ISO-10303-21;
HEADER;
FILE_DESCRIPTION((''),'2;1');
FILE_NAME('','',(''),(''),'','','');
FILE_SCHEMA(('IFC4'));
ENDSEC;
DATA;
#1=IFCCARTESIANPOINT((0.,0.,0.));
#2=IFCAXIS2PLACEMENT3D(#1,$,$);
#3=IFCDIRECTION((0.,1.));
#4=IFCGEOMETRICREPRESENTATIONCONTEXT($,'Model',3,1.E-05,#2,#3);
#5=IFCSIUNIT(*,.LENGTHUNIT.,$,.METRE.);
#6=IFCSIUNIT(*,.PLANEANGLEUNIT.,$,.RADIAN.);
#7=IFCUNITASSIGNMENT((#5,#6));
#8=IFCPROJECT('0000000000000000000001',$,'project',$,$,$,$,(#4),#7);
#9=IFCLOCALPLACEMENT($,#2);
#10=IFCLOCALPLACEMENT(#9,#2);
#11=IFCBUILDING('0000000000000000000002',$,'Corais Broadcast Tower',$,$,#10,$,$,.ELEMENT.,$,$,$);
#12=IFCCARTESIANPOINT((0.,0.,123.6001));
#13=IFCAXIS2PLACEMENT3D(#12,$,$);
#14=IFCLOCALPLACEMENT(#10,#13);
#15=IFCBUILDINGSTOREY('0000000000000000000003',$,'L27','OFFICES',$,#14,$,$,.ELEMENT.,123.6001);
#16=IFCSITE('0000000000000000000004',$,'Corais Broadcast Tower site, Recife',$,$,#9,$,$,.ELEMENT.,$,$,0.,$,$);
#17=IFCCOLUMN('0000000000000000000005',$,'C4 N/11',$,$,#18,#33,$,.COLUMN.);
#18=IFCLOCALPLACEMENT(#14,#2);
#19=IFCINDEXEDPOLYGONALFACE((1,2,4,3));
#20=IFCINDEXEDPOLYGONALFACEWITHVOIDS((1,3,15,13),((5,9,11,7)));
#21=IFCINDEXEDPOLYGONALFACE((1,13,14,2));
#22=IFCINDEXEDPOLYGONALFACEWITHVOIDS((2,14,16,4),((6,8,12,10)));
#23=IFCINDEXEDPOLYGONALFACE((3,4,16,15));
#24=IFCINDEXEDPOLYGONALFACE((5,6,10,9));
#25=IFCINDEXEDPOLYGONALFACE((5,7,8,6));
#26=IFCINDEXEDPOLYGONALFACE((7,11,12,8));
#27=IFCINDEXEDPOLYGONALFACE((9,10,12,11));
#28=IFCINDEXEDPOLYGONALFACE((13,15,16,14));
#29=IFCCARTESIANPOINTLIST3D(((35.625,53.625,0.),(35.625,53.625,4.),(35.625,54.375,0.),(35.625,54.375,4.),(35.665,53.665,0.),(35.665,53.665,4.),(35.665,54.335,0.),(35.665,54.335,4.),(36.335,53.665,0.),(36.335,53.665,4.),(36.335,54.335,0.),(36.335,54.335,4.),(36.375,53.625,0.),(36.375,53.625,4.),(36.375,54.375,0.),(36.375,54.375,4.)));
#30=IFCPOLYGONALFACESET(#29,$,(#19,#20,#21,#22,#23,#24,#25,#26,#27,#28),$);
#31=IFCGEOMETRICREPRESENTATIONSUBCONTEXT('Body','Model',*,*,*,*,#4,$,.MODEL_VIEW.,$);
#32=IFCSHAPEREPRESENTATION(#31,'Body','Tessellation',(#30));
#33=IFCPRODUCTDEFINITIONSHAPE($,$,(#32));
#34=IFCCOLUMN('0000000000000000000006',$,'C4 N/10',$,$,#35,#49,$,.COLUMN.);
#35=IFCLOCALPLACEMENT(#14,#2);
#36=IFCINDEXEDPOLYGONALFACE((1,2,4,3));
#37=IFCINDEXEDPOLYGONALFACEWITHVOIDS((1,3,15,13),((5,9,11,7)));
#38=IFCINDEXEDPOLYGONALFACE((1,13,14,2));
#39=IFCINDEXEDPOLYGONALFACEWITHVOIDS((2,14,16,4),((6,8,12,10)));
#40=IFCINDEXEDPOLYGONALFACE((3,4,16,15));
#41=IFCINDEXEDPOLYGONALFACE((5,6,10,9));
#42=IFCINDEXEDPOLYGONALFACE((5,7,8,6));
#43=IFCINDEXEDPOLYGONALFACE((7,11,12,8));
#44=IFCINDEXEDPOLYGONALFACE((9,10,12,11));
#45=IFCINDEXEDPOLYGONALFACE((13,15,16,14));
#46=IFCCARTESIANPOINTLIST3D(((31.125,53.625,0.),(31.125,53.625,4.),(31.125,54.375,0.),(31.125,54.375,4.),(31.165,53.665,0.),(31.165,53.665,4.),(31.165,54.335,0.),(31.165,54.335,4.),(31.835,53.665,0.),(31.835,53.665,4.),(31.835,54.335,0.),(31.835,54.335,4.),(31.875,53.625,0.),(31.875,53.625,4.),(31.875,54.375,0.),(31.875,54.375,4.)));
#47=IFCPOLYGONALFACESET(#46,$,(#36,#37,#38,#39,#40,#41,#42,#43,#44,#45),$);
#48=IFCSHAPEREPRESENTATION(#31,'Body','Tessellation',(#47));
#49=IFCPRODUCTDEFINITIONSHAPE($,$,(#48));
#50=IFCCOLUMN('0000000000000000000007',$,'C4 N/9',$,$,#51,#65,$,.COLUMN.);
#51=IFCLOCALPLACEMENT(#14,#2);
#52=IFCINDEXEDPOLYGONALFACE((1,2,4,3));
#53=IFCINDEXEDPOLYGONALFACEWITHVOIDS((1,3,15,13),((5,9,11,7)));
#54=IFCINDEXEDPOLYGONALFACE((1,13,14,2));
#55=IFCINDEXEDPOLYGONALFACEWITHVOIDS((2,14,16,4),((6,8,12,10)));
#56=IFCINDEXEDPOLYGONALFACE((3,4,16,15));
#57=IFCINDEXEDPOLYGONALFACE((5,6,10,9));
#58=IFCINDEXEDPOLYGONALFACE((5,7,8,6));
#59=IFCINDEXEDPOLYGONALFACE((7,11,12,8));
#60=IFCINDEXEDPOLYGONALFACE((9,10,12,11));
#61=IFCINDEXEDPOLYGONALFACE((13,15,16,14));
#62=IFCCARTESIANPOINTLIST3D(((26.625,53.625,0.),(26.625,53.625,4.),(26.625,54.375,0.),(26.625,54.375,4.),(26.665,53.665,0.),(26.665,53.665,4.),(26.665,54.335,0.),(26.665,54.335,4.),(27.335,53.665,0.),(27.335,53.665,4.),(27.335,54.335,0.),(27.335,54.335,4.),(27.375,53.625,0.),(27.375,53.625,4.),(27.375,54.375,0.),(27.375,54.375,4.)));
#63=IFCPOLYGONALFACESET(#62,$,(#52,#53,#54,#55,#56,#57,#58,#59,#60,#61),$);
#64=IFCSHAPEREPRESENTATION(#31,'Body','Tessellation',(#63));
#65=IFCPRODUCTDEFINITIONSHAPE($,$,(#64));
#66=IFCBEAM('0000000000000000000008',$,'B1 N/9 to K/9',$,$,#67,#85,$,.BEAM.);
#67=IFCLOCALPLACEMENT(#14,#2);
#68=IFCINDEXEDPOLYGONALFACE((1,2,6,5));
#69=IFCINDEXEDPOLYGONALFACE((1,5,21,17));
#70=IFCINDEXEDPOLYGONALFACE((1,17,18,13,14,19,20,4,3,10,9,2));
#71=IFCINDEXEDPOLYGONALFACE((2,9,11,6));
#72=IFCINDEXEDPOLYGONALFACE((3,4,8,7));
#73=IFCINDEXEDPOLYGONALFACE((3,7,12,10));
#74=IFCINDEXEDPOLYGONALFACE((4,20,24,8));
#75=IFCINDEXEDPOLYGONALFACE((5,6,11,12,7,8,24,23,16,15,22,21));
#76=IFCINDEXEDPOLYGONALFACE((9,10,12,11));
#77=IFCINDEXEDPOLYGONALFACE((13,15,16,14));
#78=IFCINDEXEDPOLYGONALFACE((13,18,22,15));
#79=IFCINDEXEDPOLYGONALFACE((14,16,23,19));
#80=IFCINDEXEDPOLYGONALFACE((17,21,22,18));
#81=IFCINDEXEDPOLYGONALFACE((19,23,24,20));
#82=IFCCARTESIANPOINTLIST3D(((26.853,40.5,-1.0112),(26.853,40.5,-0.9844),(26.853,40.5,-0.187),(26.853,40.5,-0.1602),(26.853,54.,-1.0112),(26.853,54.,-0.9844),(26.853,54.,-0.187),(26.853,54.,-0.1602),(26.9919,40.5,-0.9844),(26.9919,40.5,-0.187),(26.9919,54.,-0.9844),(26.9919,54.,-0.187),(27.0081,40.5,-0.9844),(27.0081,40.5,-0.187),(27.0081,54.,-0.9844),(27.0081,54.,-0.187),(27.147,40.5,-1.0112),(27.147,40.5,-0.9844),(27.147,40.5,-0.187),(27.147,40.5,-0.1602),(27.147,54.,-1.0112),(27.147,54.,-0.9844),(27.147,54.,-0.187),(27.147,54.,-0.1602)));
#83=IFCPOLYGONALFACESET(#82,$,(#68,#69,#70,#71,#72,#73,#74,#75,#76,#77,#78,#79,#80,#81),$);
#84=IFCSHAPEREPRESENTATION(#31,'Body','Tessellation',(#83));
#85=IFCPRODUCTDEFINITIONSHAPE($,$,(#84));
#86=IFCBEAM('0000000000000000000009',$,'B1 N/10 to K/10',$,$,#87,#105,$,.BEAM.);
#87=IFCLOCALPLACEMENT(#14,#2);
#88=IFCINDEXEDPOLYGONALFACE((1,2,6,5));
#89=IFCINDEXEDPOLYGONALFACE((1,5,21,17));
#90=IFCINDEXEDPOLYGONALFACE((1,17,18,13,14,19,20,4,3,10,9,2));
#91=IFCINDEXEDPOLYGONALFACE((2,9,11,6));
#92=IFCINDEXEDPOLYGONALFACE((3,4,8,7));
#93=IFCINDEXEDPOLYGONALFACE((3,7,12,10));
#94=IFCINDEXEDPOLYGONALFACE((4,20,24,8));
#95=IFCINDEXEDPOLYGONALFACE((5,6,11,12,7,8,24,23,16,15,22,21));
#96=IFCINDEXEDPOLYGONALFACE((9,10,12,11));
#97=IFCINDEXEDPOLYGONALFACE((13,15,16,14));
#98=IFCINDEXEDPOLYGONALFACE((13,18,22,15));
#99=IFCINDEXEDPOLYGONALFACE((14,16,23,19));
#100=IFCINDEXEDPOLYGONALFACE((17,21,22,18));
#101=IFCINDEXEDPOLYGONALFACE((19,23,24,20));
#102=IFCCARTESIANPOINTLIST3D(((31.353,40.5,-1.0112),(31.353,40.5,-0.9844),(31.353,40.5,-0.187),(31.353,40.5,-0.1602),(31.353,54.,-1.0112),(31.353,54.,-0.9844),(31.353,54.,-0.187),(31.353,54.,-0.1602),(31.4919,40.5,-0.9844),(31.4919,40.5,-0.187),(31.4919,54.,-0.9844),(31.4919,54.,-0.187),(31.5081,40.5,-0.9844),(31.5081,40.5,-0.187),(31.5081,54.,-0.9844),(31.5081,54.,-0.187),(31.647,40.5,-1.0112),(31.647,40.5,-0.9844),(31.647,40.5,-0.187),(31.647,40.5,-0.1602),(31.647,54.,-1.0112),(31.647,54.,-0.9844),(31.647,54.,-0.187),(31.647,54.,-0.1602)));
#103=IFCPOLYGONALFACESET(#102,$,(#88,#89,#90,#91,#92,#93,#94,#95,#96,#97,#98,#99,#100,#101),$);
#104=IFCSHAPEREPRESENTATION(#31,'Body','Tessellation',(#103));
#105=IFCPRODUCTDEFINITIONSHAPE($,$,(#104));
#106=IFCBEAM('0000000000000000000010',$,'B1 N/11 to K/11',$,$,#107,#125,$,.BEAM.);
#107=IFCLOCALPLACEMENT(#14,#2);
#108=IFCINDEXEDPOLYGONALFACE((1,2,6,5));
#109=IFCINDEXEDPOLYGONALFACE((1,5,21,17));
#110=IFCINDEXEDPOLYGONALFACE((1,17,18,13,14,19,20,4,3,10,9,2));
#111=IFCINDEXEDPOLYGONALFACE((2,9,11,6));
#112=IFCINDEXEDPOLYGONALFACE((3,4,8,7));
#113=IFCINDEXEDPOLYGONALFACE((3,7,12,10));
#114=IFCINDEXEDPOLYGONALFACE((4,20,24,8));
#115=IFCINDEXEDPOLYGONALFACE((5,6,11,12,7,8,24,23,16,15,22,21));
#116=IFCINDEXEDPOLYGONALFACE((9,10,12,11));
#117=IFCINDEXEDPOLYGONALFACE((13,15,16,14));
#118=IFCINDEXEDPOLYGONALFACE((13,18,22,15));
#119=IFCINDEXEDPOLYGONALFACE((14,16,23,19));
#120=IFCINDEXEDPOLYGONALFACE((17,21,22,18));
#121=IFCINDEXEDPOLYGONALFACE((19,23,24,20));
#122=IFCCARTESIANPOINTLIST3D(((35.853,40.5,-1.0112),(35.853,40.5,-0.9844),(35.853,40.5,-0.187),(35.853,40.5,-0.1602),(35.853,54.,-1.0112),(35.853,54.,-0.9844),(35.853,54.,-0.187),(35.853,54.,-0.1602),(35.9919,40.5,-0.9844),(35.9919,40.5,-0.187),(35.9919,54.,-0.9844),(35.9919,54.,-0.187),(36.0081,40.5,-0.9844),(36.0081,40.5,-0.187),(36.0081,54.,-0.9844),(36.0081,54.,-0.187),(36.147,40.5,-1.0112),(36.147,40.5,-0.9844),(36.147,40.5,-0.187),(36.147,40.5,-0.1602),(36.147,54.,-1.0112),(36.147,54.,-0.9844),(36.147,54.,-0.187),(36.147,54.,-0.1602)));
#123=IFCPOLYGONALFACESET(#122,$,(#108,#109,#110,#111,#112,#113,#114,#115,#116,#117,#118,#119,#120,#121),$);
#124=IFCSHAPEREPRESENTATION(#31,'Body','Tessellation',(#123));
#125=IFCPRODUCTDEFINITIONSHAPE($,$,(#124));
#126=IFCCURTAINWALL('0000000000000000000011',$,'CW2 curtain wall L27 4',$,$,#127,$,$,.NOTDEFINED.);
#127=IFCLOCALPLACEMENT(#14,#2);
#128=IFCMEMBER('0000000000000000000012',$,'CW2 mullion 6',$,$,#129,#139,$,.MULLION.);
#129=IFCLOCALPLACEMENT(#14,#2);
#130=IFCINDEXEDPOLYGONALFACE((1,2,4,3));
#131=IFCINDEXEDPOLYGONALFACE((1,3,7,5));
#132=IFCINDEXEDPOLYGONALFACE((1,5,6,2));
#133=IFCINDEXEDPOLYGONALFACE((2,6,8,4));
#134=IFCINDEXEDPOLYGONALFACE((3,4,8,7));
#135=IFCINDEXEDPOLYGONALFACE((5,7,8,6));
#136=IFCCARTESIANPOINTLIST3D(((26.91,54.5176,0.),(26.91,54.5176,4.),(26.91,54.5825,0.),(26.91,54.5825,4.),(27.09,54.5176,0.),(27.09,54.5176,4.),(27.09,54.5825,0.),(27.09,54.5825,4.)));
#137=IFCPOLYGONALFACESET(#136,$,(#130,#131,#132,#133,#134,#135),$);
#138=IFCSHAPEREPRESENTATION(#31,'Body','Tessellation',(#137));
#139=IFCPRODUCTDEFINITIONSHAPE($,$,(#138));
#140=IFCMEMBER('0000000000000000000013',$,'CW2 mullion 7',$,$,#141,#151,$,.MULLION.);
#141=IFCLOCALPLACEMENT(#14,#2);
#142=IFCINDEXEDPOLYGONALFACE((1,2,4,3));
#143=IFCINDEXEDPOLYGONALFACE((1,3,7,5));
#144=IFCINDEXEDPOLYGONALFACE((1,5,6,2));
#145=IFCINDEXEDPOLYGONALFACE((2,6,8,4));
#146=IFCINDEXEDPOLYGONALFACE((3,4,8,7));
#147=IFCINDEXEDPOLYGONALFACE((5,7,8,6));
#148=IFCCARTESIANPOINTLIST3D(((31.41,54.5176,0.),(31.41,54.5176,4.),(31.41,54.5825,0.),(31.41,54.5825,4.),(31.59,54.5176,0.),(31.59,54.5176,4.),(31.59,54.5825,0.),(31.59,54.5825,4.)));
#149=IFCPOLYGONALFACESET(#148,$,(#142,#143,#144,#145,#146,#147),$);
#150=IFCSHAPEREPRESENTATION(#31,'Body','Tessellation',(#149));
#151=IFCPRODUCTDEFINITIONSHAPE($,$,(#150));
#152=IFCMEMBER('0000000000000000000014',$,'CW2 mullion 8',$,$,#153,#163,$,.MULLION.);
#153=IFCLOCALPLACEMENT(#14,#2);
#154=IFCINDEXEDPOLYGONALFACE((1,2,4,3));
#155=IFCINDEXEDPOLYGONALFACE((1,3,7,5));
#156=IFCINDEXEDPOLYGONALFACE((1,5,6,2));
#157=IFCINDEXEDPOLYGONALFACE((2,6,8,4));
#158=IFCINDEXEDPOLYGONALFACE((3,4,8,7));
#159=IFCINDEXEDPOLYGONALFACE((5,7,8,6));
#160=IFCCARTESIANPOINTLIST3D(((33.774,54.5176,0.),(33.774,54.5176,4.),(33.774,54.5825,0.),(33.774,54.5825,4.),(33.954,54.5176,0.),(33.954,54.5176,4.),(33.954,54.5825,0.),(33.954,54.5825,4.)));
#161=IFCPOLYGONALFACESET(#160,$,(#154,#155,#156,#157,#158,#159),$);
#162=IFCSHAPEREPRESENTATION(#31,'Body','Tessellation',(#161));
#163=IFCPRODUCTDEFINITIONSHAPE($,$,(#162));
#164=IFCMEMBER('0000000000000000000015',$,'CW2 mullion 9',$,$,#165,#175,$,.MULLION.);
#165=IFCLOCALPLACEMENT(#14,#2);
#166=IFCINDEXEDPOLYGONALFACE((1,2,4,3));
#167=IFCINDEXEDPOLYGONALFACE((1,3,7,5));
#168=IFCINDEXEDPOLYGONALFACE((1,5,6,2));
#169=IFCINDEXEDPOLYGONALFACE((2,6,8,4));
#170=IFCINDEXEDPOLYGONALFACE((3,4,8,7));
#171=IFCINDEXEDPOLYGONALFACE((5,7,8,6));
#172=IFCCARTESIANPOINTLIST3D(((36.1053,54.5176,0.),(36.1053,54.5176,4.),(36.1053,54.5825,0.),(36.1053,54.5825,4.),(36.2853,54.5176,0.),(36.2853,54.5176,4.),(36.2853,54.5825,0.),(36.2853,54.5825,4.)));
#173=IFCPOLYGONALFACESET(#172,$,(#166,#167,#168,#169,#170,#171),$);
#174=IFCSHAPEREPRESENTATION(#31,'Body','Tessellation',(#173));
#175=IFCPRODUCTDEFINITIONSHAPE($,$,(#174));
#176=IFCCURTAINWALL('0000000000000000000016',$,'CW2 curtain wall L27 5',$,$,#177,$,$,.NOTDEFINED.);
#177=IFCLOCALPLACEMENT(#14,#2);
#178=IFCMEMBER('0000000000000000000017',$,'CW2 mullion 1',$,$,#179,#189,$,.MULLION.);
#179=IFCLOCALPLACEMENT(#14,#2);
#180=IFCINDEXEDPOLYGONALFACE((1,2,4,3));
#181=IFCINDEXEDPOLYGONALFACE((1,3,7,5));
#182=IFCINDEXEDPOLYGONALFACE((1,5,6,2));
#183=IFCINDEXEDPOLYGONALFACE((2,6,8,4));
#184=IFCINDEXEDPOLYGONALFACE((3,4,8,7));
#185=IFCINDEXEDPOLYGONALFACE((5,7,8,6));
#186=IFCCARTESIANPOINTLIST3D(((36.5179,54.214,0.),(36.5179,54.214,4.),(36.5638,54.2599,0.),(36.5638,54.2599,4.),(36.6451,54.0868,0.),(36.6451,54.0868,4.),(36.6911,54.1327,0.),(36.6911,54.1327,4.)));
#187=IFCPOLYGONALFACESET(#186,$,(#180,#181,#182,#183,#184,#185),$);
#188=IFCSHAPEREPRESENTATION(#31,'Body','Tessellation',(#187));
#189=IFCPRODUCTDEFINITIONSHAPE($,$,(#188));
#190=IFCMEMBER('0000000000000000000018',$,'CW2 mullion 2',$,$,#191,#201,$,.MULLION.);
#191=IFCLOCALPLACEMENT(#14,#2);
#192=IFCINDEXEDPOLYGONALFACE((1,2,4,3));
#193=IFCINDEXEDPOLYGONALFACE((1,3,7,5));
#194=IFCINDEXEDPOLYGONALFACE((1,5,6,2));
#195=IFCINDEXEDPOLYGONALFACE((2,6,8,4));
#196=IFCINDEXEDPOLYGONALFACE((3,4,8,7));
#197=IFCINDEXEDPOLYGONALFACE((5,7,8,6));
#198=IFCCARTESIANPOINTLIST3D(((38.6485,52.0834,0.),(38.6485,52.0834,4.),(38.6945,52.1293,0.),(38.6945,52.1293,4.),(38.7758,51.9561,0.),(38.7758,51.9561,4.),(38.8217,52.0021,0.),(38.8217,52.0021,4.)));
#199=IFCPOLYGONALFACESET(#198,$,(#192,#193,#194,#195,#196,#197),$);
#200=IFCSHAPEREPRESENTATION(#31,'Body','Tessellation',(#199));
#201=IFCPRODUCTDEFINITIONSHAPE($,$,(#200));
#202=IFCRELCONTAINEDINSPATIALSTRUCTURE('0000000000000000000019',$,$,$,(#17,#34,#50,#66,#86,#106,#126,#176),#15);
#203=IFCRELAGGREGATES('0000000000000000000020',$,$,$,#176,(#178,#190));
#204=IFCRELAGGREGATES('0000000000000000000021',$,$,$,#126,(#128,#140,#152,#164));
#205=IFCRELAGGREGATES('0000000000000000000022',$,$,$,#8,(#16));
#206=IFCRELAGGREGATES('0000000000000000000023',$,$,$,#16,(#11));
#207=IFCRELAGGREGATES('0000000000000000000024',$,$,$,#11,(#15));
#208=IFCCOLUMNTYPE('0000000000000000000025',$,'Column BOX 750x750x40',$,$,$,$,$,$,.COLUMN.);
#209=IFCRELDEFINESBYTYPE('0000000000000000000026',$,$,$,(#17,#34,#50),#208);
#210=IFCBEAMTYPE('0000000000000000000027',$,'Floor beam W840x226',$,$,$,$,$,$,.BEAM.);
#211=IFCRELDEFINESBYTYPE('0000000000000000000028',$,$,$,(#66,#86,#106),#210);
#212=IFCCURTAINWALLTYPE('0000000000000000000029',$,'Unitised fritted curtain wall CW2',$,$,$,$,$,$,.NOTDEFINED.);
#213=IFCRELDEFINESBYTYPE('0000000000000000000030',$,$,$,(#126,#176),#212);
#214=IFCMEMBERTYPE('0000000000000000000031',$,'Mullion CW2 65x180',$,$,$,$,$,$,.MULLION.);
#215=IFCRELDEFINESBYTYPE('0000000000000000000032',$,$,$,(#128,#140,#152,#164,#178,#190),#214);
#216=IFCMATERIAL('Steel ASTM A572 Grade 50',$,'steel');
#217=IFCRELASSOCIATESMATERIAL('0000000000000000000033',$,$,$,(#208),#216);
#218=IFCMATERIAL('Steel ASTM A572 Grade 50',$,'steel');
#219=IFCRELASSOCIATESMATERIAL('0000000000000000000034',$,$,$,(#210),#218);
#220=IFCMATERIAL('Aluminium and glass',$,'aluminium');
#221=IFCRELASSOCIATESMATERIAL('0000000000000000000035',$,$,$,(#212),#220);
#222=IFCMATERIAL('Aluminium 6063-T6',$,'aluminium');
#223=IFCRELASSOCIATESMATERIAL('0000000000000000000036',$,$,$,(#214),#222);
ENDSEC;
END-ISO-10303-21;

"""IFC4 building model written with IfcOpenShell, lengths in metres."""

from ifc_helpers import new_model, si_unit, direction, frame, origin, origin_2d, place, context, subcontext, project, spatial, rectangle, hollow_rectangle, i_section, extrude, material, material_profile, profile_set, type_object, element, aggregate, save


model = new_model("IFC4")

# Units and contexts
model_context = context("Model", 3, precision=1e-05, world=origin(), true_north=direction((0.0, 1.0)))
body_context = subcontext(model_context, "Body", "Model", "MODEL_VIEW")
ifc_project = project(units=[si_unit("LENGTHUNIT", "METRE"), si_unit("PLANEANGLEUNIT", "RADIAN")], contexts=[model_context])

# Site, building, storey
site_placement = place(None, origin())
site = spatial("IfcSite", under=ifc_project, at=site_placement, Name="Corais Broadcast Tower site, Recife", CompositionType="ELEMENT", RefElevation=0.0)
building_placement = place(site_placement, origin())
building = spatial("IfcBuilding", under=site, at=building_placement, Name="Corais Broadcast Tower", CompositionType="ELEMENT")
storey_placement = place(building_placement, frame((0.0, 0.0, 123.6001)))
storey = spatial("IfcBuildingStorey", under=building, at=storey_placement, Name="L27", Description="OFFICES", CompositionType="ELEMENT", Elevation=123.6001)

# Columns
ifc_material_1 = material(Name="Steel ASTM A572 Grade 50", Category="steel")
ifc_material_profile_1 = material_profile(ifc_material_1, hollow_rectangle(XDim=0.75, YDim=0.75, WallThickness=0.04, at=origin_2d()), Name="BOX 750x750x40")
ifc_profile_set_1 = profile_set([ifc_material_profile_1], Name="Steel ASTM A572 Grade 50")
column_type = type_object("IfcColumnType", Name="Column BOX 750x750x40", PredefinedType="COLUMN", material=ifc_profile_set_1)
for number, where, z_axis, x_axis, name in (
    (1, (36.0, 54.0, 0.0), (0.0, 0.0, 1.0), (1.0, 0.0, 0.0), "C4 N/11"),
    (2, (31.5, 54.0, 0.0), (0.0, 0.0, 1.0), (1.0, 0.0, 0.0), "C4 N/10"),
    (3, (27.0, 54.0, 0.0), (0.0, 0.0, 1.0), (1.0, 0.0, 0.0), "C4 N/9"),
):
    element("IfcColumn", number, at=place(storey_placement, frame(where, z_axis=z_axis, x_axis=x_axis)), inside=storey, type_object=column_type, Name=name, PredefinedType="COLUMN", context=body_context, shape_type="SweptSolid", body=[
        extrude(hollow_rectangle(XDim=0.75, YDim=0.75, WallThickness=0.04, at=origin_2d()), origin(), (0.0, 0.0, 1.0), 4.0),
    ])

# Beams
ifc_material_2 = material(Name="Steel ASTM A572 Grade 50", Category="steel")
ifc_material_profile_2 = material_profile(ifc_material_2, i_section(OverallWidth=0.2939, OverallDepth=0.8511, WebThickness=0.0161, FlangeThickness=0.0269, at=origin_2d()), Name="W840x226")
ifc_profile_set_2 = profile_set([ifc_material_profile_2], Name="Steel ASTM A572 Grade 50")
beam_type_1 = type_object("IfcBeamType", Name="Floor beam W840x226", PredefinedType="BEAM", material=ifc_profile_set_2)
for number, where, z_axis, x_axis, name in (
    (4, (27.0, 54.0, -0.5857), (0.0, -1.0, 0.0), (1.0, 0.0, 0.0), "B1 N/9 to K/9"),
    (5, (31.5, 54.0, -0.5857), (0.0, -1.0, 0.0), (1.0, 0.0, 0.0), "B1 N/10 to K/10"),
    (6, (36.0, 54.0, -0.5857), (0.0, -1.0, 0.0), (1.0, 0.0, 0.0), "B1 N/11 to K/11"),
):
    element("IfcBeam", number, at=place(storey_placement, frame(where, z_axis=z_axis, x_axis=x_axis)), inside=storey, type_object=beam_type_1, Name=name, PredefinedType="BEAM", context=body_context, shape_type="SweptSolid", body=[
        extrude(i_section(OverallWidth=0.2939, OverallDepth=0.8511, WebThickness=0.0161, FlangeThickness=0.0269, at=origin_2d()), origin(), (0.0, 0.0, 1.0), 13.5),
    ])

# Curtain walls, members
ifc_material_3 = material(Name="Aluminium and glass", Category="aluminium")
curtain_wall_type = type_object("IfcCurtainWallType", Name="Unitised fritted curtain wall CW2", PredefinedType="NOTDEFINED", material=ifc_material_3)
curtain_wall_1_placement = place(storey_placement, origin())
curtain_wall_1 = element("IfcCurtainWall", 7, at=curtain_wall_1_placement, inside=storey, type_object=curtain_wall_type, Name="CW2 curtain wall L27 4", PredefinedType="NOTDEFINED")
ifc_material_4 = material(Name="Aluminium 6063-T6", Category="aluminium")
ifc_material_profile_3 = material_profile(ifc_material_4, rectangle(XDim=0.0649, YDim=0.1799, at=origin_2d()), Name="Mullion CW2 65x180")
ifc_profile_set_3 = profile_set([ifc_material_profile_3], Name="Aluminium 6063-T6")
member_type_1 = type_object("IfcMemberType", Name="Mullion CW2 65x180", PredefinedType="MULLION", material=ifc_profile_set_3)
member_1_placement = place(storey_placement, frame((27.0, 54.55, 0.0), z_axis=(0.0, 0.0, 1.0), x_axis=(0.0, 1.0, 0.0)))
member_1 = element("IfcMember", 8, at=member_1_placement, type_object=member_type_1, Name="CW2 mullion 6", PredefinedType="MULLION", context=body_context, shape_type="SweptSolid", body=[
    extrude(rectangle(XDim=0.0649, YDim=0.1799, at=origin_2d()), origin(), (0.0, 0.0, 1.0), 4.0),
])
member_2_placement = place(storey_placement, frame((31.5, 54.55, 0.0), z_axis=(0.0, 0.0, 1.0), x_axis=(0.0, 1.0, 0.0)))
member_2 = element("IfcMember", 9, at=member_2_placement, type_object=member_type_1, Name="CW2 mullion 7", PredefinedType="MULLION", context=body_context, shape_type="SweptSolid", body=[
    extrude(rectangle(XDim=0.0649, YDim=0.1799, at=origin_2d()), origin(), (0.0, 0.0, 1.0), 4.0),
])
member_3_placement = place(storey_placement, frame((33.864, 54.55, 0.0), z_axis=(0.0, 0.0, 1.0), x_axis=(0.0, 1.0, 0.0)))
member_3 = element("IfcMember", 10, at=member_3_placement, type_object=member_type_1, Name="CW2 mullion 8", PredefinedType="MULLION", context=body_context, shape_type="SweptSolid", body=[
    extrude(rectangle(XDim=0.0649, YDim=0.1799, at=origin_2d()), origin(), (0.0, 0.0, 1.0), 4.0),
])
member_4_placement = place(storey_placement, frame((36.1953, 54.55, 0.0), z_axis=(0.0, 0.0, 1.0), x_axis=(0.0, 1.0, 0.0)))
member_4 = element("IfcMember", 11, at=member_4_placement, type_object=member_type_1, Name="CW2 mullion 9", PredefinedType="MULLION", context=body_context, shape_type="SweptSolid", body=[
    extrude(rectangle(XDim=0.0649, YDim=0.1799, at=origin_2d()), origin(), (0.0, 0.0, 1.0), 4.0),
])
curtain_wall_2_placement = place(storey_placement, origin())
curtain_wall_2 = element("IfcCurtainWall", 12, at=curtain_wall_2_placement, inside=storey, type_object=curtain_wall_type, Name="CW2 curtain wall L27 5", PredefinedType="NOTDEFINED")
member_5_placement = place(storey_placement, frame((36.6045, 54.1733, 0.0), z_axis=(0.0, 0.0, 1.0), x_axis=(0.707107, 0.707107, 0.0)))
member_5 = element("IfcMember", 13, at=member_5_placement, type_object=member_type_1, Name="CW2 mullion 1", PredefinedType="MULLION", context=body_context, shape_type="SweptSolid", body=[
    extrude(rectangle(XDim=0.0649, YDim=0.1799, at=origin_2d()), origin(), (0.0, 0.0, 1.0), 4.0),
])
member_6_placement = place(storey_placement, frame((38.7351, 52.0427, 0.0), z_axis=(0.0, 0.0, 1.0), x_axis=(0.707107, 0.707107, 0.0)))
member_6 = element("IfcMember", 14, at=member_6_placement, type_object=member_type_1, Name="CW2 mullion 2", PredefinedType="MULLION", context=body_context, shape_type="SweptSolid", body=[
    extrude(rectangle(XDim=0.0649, YDim=0.1799, at=origin_2d()), origin(), (0.0, 0.0, 1.0), 4.0),
])

aggregate(curtain_wall_2, [member_5, member_6])
aggregate(curtain_wall_1, [member_1, member_2, member_3, member_4])

save(model, "model.ifc")
